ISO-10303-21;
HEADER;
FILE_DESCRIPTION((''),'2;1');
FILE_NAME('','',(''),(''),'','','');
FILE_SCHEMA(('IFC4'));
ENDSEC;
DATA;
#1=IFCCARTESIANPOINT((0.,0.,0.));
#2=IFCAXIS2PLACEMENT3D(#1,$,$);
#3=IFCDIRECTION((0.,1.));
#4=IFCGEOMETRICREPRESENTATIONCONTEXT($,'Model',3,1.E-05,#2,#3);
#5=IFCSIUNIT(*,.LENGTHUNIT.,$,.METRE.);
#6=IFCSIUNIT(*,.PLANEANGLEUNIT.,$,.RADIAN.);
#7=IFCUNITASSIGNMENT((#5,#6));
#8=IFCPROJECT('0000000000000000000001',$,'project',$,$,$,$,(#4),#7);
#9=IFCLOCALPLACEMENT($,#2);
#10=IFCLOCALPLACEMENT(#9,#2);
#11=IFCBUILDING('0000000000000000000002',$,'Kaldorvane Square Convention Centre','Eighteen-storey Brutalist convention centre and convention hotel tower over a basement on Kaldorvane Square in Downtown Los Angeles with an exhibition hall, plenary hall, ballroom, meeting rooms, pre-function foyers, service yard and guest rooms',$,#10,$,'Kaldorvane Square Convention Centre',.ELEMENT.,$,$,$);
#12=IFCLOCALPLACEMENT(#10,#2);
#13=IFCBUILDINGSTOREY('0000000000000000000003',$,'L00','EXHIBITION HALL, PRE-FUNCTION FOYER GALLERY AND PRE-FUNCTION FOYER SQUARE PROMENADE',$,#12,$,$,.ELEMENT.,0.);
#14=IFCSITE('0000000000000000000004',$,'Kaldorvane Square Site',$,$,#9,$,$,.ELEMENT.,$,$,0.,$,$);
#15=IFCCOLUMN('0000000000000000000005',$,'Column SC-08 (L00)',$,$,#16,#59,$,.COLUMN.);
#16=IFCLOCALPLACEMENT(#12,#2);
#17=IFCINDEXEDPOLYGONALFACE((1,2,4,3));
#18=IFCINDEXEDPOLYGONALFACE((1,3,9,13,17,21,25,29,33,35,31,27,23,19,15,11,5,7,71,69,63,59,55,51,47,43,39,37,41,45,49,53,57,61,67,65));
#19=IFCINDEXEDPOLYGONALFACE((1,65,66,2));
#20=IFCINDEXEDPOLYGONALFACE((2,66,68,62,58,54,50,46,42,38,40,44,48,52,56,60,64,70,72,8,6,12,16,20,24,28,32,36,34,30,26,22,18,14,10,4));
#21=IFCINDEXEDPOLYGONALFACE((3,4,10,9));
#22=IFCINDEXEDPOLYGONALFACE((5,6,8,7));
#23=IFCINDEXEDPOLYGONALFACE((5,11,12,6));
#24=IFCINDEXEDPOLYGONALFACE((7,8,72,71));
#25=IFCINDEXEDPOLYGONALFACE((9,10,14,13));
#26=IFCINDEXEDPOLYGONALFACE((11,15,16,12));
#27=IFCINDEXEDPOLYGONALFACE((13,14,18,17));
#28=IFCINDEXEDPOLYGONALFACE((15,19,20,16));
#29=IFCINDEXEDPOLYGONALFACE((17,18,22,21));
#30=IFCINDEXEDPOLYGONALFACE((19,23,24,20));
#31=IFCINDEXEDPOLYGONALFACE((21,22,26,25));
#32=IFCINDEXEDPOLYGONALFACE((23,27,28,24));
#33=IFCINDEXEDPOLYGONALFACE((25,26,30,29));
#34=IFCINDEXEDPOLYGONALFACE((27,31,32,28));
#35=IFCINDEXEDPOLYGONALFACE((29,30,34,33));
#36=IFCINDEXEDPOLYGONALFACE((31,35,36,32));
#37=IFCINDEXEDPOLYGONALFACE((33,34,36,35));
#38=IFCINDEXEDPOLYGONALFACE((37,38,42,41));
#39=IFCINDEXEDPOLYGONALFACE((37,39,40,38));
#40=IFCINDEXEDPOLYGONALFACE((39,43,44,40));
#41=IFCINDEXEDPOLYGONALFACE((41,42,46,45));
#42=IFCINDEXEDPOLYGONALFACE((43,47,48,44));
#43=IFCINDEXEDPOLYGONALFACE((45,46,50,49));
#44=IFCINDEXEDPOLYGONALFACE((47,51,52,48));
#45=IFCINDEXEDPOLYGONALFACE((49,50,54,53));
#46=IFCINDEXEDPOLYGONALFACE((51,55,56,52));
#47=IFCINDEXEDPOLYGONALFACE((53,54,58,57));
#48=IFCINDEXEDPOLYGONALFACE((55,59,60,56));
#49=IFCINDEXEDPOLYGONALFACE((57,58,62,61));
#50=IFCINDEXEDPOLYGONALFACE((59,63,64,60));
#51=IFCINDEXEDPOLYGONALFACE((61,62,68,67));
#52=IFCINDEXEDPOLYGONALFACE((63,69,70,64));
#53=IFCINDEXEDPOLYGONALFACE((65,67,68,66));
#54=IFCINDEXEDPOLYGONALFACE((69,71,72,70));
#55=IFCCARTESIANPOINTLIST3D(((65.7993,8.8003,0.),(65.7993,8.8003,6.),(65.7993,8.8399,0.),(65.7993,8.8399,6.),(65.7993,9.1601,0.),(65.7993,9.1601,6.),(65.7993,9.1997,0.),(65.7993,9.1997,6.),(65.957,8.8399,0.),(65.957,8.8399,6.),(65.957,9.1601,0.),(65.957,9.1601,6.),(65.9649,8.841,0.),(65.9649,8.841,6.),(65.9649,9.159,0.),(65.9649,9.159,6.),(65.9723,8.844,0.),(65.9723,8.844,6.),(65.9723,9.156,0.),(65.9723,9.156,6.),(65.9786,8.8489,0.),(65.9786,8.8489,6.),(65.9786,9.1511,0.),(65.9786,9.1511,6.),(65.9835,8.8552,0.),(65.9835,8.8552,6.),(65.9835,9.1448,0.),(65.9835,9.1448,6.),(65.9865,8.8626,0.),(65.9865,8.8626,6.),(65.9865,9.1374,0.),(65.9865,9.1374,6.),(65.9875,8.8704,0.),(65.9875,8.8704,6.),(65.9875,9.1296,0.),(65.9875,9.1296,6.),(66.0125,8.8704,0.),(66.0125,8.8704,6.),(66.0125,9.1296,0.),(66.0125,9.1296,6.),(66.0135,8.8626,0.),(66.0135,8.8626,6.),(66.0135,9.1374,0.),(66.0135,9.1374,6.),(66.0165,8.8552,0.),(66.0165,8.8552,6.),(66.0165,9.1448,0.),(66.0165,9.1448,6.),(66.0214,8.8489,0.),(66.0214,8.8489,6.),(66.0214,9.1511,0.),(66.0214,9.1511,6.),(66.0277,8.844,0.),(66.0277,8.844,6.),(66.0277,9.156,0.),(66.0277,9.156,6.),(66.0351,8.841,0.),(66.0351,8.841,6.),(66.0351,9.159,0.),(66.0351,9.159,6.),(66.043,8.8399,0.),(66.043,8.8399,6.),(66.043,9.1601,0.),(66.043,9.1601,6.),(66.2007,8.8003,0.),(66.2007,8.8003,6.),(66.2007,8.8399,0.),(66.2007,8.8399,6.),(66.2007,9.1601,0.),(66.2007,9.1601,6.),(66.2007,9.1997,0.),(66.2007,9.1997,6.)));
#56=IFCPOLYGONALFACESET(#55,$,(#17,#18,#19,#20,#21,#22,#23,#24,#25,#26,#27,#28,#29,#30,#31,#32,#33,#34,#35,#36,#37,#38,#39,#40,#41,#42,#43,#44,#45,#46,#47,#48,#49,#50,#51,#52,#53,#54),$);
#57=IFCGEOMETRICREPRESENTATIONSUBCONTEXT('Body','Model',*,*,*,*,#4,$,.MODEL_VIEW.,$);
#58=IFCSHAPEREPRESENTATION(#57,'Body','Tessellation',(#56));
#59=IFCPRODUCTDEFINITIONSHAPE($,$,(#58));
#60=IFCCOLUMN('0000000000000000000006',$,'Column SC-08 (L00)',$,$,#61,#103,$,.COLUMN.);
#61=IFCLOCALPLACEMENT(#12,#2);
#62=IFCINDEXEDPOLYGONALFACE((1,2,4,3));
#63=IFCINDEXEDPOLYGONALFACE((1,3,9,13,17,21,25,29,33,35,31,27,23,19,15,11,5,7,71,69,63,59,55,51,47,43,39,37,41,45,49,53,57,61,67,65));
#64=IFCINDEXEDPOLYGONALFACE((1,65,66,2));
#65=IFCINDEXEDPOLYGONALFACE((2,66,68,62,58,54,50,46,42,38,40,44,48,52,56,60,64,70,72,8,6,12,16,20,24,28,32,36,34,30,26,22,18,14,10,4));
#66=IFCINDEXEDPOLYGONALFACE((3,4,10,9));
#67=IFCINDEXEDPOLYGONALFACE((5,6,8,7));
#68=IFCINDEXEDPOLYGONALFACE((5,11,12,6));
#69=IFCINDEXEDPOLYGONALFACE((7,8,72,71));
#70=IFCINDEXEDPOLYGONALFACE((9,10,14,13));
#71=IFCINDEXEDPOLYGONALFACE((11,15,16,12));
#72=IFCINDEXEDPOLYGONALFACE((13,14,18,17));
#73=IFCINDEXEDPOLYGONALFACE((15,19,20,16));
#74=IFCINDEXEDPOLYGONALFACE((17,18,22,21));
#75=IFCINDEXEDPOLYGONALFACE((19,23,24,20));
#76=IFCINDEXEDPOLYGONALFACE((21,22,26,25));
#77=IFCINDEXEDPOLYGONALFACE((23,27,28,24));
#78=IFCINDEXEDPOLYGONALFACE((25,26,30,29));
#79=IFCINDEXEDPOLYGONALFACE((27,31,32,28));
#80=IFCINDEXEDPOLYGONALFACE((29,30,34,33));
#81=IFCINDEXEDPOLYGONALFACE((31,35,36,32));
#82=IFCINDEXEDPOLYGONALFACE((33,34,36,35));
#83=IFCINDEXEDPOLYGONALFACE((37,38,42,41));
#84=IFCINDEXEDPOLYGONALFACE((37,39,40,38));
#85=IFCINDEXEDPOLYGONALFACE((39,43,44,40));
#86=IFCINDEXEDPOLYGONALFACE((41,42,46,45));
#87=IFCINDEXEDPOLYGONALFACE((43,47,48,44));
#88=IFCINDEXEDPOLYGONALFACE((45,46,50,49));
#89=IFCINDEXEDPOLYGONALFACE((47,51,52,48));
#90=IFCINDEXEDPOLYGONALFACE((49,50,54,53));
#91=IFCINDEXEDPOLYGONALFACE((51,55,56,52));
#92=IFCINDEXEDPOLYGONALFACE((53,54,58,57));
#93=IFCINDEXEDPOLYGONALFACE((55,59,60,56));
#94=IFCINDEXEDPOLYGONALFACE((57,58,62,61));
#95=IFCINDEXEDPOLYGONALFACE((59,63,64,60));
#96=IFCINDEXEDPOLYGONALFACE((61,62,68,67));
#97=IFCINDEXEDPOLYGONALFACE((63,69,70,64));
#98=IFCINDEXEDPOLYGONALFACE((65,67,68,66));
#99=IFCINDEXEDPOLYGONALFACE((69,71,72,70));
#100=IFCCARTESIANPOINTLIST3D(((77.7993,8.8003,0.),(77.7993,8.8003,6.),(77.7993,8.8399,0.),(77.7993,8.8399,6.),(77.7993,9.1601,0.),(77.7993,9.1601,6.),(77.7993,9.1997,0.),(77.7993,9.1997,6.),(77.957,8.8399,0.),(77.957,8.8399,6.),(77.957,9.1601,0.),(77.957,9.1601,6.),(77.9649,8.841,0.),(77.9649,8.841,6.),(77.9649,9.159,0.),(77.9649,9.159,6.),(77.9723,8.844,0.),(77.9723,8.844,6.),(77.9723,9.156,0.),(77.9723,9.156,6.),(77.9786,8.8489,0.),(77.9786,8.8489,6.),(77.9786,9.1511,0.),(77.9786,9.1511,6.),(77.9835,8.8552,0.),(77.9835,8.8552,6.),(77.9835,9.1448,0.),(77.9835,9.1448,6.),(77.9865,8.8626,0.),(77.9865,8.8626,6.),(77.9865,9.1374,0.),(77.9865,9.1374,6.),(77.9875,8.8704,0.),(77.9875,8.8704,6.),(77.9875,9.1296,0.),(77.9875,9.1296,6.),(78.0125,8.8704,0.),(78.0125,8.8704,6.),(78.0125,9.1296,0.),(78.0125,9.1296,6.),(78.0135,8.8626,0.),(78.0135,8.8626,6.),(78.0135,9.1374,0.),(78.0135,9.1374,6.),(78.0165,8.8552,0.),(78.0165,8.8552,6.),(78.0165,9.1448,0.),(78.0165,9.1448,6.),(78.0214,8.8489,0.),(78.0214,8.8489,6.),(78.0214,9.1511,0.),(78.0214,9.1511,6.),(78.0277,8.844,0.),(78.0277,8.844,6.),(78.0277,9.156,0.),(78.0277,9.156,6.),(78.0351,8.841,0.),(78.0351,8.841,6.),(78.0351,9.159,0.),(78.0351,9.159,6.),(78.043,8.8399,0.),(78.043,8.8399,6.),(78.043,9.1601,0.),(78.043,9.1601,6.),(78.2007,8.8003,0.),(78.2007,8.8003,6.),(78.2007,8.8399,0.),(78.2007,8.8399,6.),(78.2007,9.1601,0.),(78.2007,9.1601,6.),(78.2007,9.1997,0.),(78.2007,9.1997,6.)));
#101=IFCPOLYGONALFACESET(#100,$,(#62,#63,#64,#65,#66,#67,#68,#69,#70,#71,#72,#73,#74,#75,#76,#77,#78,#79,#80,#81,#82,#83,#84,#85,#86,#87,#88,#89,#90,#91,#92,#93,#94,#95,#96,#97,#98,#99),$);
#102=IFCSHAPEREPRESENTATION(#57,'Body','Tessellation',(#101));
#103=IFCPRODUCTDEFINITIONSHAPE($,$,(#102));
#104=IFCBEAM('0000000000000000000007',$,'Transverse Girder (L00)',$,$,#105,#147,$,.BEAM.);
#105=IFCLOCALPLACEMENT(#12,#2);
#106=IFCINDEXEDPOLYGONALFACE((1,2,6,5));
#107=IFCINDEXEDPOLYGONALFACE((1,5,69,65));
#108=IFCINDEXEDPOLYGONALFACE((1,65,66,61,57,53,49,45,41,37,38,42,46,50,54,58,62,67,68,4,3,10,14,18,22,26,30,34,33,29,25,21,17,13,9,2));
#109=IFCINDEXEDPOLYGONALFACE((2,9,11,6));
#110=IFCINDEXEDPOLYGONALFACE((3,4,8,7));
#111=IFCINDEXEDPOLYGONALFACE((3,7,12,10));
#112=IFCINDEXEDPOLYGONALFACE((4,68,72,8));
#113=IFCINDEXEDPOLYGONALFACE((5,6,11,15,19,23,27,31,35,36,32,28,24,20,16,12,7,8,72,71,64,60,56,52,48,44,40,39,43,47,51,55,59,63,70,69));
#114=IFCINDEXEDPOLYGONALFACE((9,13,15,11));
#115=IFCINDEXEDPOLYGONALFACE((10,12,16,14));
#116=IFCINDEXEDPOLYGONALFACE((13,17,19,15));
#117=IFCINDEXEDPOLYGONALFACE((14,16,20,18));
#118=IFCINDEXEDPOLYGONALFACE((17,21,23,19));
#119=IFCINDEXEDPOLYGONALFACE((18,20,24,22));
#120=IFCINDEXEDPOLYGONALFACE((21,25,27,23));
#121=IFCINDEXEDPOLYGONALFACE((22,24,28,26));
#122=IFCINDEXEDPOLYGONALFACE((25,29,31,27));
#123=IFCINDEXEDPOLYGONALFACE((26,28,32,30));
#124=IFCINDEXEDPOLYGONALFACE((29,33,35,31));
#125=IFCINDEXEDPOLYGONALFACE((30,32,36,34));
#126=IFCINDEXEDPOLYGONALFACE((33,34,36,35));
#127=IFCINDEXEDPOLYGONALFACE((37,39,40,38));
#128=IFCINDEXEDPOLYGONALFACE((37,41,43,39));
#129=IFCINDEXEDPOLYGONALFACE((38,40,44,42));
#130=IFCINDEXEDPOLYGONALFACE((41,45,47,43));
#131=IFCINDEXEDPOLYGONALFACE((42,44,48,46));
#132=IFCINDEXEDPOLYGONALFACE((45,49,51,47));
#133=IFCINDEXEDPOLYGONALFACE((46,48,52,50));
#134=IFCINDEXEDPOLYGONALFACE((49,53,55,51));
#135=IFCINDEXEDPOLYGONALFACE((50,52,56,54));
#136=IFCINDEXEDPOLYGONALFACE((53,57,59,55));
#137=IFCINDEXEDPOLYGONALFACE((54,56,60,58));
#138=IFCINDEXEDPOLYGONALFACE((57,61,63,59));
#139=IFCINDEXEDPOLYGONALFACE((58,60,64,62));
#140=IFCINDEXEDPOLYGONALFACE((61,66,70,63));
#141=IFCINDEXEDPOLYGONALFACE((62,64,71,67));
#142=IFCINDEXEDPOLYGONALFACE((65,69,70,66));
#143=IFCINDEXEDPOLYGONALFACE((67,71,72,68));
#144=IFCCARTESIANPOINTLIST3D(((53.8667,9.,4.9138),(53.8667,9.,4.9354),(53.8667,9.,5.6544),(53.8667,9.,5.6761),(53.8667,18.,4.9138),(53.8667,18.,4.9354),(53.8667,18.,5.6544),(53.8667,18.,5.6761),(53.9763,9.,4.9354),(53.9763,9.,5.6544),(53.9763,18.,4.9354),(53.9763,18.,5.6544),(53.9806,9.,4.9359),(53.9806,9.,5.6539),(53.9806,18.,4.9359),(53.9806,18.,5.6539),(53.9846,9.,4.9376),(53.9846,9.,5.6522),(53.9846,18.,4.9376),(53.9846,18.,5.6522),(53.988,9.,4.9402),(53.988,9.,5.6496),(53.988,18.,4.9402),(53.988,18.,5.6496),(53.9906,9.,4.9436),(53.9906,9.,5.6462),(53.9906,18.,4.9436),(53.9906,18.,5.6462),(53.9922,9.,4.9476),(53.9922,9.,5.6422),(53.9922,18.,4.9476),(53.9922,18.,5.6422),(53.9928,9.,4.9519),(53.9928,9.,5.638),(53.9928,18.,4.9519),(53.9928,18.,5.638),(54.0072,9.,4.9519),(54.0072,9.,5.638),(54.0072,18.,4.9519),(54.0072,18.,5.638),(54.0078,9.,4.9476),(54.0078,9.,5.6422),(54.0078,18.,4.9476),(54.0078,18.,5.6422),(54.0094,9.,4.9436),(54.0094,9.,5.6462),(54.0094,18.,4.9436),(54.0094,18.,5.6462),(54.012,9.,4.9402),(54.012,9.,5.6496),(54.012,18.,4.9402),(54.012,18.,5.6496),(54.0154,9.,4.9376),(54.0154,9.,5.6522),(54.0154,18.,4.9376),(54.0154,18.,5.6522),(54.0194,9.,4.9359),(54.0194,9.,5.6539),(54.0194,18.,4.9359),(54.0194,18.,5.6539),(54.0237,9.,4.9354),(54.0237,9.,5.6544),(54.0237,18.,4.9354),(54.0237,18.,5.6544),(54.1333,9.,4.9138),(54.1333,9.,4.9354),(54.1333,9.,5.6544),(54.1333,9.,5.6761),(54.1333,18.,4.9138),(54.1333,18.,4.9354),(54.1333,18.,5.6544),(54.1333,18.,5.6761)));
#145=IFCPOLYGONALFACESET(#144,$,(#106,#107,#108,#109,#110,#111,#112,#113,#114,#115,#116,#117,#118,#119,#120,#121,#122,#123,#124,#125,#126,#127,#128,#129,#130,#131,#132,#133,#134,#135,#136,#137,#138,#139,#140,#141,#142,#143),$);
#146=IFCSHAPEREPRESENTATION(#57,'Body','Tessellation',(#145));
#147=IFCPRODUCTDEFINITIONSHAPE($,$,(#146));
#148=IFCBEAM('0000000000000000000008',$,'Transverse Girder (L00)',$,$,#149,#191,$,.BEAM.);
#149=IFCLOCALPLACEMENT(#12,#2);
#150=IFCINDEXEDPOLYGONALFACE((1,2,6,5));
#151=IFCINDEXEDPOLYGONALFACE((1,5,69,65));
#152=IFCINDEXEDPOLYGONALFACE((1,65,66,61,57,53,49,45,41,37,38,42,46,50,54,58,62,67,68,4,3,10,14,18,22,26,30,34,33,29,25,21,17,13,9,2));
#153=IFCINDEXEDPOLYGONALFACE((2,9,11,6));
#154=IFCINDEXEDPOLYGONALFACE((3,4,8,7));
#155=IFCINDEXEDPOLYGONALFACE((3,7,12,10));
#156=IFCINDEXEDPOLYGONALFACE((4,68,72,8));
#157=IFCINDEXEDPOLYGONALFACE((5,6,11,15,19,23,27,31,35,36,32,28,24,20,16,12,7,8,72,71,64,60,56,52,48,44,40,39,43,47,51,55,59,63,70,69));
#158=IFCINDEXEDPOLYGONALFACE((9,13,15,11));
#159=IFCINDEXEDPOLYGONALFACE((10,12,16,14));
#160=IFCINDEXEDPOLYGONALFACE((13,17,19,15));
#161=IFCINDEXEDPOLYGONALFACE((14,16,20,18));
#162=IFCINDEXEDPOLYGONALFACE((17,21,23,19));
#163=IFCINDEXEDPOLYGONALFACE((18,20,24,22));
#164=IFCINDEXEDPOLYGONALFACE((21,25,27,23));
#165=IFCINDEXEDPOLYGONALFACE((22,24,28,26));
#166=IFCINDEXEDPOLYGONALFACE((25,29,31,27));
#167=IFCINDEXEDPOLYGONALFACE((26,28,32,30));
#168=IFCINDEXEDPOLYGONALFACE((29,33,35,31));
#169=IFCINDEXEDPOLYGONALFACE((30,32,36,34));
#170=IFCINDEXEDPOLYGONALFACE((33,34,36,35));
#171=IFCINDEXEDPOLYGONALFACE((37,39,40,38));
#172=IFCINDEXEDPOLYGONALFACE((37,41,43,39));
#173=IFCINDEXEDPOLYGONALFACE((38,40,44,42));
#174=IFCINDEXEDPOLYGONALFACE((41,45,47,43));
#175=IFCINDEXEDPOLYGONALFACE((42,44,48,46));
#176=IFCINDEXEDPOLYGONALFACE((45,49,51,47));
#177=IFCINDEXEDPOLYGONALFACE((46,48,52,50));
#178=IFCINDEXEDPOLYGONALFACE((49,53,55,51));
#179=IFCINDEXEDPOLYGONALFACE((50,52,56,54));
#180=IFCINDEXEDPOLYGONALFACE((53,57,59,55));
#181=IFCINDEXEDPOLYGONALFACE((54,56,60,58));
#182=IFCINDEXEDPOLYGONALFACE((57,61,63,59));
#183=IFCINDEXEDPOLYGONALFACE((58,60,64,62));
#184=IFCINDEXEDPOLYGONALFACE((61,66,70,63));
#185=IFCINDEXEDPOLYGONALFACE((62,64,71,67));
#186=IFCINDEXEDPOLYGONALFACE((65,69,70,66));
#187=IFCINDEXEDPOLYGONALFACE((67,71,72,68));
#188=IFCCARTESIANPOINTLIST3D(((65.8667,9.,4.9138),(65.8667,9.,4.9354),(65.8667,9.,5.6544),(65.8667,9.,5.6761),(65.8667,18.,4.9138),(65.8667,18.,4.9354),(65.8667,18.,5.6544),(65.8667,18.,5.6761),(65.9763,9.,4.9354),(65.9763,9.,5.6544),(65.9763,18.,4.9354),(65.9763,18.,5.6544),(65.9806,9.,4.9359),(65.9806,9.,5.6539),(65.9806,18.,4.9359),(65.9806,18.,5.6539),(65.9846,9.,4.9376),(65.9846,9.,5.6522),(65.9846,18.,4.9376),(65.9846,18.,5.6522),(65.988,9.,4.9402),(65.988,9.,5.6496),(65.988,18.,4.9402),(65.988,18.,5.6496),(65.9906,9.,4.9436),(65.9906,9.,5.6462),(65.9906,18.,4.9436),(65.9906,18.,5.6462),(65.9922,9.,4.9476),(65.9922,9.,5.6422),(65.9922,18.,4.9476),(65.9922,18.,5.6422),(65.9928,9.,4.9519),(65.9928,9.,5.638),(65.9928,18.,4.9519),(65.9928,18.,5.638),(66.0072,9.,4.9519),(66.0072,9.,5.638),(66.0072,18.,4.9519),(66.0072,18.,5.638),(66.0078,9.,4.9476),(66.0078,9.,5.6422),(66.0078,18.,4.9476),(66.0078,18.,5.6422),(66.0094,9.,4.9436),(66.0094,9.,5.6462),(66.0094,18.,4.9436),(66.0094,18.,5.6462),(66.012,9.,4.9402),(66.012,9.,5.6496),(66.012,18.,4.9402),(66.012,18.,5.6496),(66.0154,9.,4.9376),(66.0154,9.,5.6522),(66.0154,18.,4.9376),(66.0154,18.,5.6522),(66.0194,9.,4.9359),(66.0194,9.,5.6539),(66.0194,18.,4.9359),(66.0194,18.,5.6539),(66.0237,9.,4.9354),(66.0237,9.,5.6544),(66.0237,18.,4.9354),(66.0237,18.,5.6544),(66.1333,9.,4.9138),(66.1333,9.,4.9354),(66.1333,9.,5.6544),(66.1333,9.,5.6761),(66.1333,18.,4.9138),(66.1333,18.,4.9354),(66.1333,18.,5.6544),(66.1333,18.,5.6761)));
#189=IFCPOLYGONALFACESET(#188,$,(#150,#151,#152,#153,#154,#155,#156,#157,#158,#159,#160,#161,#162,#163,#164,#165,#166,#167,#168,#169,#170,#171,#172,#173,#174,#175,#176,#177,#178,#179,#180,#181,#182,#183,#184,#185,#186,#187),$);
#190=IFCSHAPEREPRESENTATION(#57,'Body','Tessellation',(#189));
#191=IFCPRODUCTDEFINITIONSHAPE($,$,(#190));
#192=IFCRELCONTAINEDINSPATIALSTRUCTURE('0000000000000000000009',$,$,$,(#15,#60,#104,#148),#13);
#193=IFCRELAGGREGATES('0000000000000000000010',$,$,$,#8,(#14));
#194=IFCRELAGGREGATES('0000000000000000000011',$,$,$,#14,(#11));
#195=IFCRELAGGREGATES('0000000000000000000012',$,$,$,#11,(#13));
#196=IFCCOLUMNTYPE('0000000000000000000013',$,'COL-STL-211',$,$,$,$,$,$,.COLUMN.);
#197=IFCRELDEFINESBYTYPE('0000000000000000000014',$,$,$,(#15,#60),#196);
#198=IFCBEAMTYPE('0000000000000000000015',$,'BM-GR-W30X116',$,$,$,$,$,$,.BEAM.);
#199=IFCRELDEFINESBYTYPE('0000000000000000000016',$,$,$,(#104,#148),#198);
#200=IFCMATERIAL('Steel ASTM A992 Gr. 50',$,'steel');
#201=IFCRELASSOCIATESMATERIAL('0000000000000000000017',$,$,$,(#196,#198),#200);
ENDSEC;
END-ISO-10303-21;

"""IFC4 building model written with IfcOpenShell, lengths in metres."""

from ifc_helpers import new_model, si_unit, direction, frame, origin, origin_2d, place, context, subcontext, project, spatial, i_section, extrude, material, material_profile, profile_set, type_object, element, save


model = new_model("IFC4")

# Units and contexts
model_context = context("Model", 3, precision=1e-05, world=origin(), true_north=direction((0.0, 1.0)))
body_context = subcontext(model_context, "Body", "Model", "MODEL_VIEW")
ifc_project = project(units=[si_unit("LENGTHUNIT", "METRE"), si_unit("PLANEANGLEUNIT", "RADIAN")], contexts=[model_context])

# Site, building, storey
site_placement = place(None, origin())
site = spatial("IfcSite", under=ifc_project, at=site_placement, Name="Kaldorvane Square Site", CompositionType="ELEMENT", RefElevation=0.0)
building_placement = place(site_placement, origin())
building = spatial("IfcBuilding", under=site, at=building_placement, Name="Kaldorvane Square Convention Centre", Description="Eighteen-storey Brutalist convention centre and convention hotel tower over a basement on Kaldorvane Square in Downtown Los Angeles with an exhibition hall, plenary hall, ballroom, meeting rooms, pre-function foyers, service yard and guest rooms", LongName="Kaldorvane Square Convention Centre", CompositionType="ELEMENT")
storey_placement = place(building_placement, origin())
storey = spatial("IfcBuildingStorey", under=building, at=storey_placement, Name="L00", Description="EXHIBITION HALL, PRE-FUNCTION FOYER GALLERY AND PRE-FUNCTION FOYER SQUARE PROMENADE", CompositionType="ELEMENT", Elevation=0.0)

# Columns
ifc_material_1 = material(Name="Steel ASTM A992 Gr. 50", Category="steel")
ifc_material_profile_1 = material_profile(ifc_material_1, i_section(OverallWidth=0.4013, OverallDepth=0.3993, WebThickness=0.0249, FlangeThickness=0.0396, FilletRadius=0.0305, at=origin_2d()), Name="W14X211")
ifc_profile_set_1 = profile_set([ifc_material_profile_1], Name="Steel ASTM A992 Gr. 50")
column_type = type_object("IfcColumnType", Name="COL-STL-211", PredefinedType="COLUMN", material=ifc_profile_set_1)
for number, where, z_axis, x_axis, name in (
    (1, (66.0, 9.0, 0.0), (0.0, 0.0, 1.0), (1.0, 0.0, 0.0), "Column SC-08 (L00)"),
    (2, (78.0, 9.0, 0.0), (0.0, 0.0, 1.0), (1.0, 0.0, 0.0), "Column SC-08 (L00)"),
):
    element("IfcColumn", number, at=place(storey_placement, frame(where, z_axis=z_axis, x_axis=x_axis)), inside=storey, type_object=column_type, Name=name, PredefinedType="COLUMN", context=body_context, shape_type="SweptSolid", body=[
        extrude(i_section(OverallWidth=0.4013, OverallDepth=0.3993, WebThickness=0.0249, FlangeThickness=0.0396, FilletRadius=0.0305, at=origin_2d()), origin(), (0.0, 0.0, 1.0), 6.0),
    ])

# Beams
ifc_material_profile_2 = material_profile(ifc_material_1, i_section(OverallWidth=0.2666, OverallDepth=0.7623, WebThickness=0.0144, FlangeThickness=0.0216, FilletRadius=0.0165, at=origin_2d()), Name="W30X116")
ifc_profile_set_2 = profile_set([ifc_material_profile_2], Name="Steel ASTM A992 Gr. 50")
beam_type_1 = type_object("IfcBeamType", Name="BM-GR-W30X116", PredefinedType="BEAM", material=ifc_profile_set_2)
for number, where, z_axis, x_axis, name in (
    (3, (54.0, 9.0, 5.2949), (0.0, 1.0, 0.0), (-1.0, 0.0, 0.0), "Transverse Girder (L00)"),
    (4, (66.0, 9.0, 5.2949), (0.0, 1.0, 0.0), (-1.0, 0.0, 0.0), "Transverse Girder (L00)"),
):
    element("IfcBeam", number, at=place(storey_placement, frame(where, z_axis=z_axis, x_axis=x_axis)), inside=storey, type_object=beam_type_1, Name=name, PredefinedType="BEAM", context=body_context, shape_type="SweptSolid", body=[
        extrude(i_section(OverallWidth=0.2666, OverallDepth=0.7623, WebThickness=0.0144, FlangeThickness=0.0216, FilletRadius=0.0165, at=origin_2d()), origin(), (0.0, 0.0, 1.0), 9.0),
    ])

save(model, "model.ifc")
